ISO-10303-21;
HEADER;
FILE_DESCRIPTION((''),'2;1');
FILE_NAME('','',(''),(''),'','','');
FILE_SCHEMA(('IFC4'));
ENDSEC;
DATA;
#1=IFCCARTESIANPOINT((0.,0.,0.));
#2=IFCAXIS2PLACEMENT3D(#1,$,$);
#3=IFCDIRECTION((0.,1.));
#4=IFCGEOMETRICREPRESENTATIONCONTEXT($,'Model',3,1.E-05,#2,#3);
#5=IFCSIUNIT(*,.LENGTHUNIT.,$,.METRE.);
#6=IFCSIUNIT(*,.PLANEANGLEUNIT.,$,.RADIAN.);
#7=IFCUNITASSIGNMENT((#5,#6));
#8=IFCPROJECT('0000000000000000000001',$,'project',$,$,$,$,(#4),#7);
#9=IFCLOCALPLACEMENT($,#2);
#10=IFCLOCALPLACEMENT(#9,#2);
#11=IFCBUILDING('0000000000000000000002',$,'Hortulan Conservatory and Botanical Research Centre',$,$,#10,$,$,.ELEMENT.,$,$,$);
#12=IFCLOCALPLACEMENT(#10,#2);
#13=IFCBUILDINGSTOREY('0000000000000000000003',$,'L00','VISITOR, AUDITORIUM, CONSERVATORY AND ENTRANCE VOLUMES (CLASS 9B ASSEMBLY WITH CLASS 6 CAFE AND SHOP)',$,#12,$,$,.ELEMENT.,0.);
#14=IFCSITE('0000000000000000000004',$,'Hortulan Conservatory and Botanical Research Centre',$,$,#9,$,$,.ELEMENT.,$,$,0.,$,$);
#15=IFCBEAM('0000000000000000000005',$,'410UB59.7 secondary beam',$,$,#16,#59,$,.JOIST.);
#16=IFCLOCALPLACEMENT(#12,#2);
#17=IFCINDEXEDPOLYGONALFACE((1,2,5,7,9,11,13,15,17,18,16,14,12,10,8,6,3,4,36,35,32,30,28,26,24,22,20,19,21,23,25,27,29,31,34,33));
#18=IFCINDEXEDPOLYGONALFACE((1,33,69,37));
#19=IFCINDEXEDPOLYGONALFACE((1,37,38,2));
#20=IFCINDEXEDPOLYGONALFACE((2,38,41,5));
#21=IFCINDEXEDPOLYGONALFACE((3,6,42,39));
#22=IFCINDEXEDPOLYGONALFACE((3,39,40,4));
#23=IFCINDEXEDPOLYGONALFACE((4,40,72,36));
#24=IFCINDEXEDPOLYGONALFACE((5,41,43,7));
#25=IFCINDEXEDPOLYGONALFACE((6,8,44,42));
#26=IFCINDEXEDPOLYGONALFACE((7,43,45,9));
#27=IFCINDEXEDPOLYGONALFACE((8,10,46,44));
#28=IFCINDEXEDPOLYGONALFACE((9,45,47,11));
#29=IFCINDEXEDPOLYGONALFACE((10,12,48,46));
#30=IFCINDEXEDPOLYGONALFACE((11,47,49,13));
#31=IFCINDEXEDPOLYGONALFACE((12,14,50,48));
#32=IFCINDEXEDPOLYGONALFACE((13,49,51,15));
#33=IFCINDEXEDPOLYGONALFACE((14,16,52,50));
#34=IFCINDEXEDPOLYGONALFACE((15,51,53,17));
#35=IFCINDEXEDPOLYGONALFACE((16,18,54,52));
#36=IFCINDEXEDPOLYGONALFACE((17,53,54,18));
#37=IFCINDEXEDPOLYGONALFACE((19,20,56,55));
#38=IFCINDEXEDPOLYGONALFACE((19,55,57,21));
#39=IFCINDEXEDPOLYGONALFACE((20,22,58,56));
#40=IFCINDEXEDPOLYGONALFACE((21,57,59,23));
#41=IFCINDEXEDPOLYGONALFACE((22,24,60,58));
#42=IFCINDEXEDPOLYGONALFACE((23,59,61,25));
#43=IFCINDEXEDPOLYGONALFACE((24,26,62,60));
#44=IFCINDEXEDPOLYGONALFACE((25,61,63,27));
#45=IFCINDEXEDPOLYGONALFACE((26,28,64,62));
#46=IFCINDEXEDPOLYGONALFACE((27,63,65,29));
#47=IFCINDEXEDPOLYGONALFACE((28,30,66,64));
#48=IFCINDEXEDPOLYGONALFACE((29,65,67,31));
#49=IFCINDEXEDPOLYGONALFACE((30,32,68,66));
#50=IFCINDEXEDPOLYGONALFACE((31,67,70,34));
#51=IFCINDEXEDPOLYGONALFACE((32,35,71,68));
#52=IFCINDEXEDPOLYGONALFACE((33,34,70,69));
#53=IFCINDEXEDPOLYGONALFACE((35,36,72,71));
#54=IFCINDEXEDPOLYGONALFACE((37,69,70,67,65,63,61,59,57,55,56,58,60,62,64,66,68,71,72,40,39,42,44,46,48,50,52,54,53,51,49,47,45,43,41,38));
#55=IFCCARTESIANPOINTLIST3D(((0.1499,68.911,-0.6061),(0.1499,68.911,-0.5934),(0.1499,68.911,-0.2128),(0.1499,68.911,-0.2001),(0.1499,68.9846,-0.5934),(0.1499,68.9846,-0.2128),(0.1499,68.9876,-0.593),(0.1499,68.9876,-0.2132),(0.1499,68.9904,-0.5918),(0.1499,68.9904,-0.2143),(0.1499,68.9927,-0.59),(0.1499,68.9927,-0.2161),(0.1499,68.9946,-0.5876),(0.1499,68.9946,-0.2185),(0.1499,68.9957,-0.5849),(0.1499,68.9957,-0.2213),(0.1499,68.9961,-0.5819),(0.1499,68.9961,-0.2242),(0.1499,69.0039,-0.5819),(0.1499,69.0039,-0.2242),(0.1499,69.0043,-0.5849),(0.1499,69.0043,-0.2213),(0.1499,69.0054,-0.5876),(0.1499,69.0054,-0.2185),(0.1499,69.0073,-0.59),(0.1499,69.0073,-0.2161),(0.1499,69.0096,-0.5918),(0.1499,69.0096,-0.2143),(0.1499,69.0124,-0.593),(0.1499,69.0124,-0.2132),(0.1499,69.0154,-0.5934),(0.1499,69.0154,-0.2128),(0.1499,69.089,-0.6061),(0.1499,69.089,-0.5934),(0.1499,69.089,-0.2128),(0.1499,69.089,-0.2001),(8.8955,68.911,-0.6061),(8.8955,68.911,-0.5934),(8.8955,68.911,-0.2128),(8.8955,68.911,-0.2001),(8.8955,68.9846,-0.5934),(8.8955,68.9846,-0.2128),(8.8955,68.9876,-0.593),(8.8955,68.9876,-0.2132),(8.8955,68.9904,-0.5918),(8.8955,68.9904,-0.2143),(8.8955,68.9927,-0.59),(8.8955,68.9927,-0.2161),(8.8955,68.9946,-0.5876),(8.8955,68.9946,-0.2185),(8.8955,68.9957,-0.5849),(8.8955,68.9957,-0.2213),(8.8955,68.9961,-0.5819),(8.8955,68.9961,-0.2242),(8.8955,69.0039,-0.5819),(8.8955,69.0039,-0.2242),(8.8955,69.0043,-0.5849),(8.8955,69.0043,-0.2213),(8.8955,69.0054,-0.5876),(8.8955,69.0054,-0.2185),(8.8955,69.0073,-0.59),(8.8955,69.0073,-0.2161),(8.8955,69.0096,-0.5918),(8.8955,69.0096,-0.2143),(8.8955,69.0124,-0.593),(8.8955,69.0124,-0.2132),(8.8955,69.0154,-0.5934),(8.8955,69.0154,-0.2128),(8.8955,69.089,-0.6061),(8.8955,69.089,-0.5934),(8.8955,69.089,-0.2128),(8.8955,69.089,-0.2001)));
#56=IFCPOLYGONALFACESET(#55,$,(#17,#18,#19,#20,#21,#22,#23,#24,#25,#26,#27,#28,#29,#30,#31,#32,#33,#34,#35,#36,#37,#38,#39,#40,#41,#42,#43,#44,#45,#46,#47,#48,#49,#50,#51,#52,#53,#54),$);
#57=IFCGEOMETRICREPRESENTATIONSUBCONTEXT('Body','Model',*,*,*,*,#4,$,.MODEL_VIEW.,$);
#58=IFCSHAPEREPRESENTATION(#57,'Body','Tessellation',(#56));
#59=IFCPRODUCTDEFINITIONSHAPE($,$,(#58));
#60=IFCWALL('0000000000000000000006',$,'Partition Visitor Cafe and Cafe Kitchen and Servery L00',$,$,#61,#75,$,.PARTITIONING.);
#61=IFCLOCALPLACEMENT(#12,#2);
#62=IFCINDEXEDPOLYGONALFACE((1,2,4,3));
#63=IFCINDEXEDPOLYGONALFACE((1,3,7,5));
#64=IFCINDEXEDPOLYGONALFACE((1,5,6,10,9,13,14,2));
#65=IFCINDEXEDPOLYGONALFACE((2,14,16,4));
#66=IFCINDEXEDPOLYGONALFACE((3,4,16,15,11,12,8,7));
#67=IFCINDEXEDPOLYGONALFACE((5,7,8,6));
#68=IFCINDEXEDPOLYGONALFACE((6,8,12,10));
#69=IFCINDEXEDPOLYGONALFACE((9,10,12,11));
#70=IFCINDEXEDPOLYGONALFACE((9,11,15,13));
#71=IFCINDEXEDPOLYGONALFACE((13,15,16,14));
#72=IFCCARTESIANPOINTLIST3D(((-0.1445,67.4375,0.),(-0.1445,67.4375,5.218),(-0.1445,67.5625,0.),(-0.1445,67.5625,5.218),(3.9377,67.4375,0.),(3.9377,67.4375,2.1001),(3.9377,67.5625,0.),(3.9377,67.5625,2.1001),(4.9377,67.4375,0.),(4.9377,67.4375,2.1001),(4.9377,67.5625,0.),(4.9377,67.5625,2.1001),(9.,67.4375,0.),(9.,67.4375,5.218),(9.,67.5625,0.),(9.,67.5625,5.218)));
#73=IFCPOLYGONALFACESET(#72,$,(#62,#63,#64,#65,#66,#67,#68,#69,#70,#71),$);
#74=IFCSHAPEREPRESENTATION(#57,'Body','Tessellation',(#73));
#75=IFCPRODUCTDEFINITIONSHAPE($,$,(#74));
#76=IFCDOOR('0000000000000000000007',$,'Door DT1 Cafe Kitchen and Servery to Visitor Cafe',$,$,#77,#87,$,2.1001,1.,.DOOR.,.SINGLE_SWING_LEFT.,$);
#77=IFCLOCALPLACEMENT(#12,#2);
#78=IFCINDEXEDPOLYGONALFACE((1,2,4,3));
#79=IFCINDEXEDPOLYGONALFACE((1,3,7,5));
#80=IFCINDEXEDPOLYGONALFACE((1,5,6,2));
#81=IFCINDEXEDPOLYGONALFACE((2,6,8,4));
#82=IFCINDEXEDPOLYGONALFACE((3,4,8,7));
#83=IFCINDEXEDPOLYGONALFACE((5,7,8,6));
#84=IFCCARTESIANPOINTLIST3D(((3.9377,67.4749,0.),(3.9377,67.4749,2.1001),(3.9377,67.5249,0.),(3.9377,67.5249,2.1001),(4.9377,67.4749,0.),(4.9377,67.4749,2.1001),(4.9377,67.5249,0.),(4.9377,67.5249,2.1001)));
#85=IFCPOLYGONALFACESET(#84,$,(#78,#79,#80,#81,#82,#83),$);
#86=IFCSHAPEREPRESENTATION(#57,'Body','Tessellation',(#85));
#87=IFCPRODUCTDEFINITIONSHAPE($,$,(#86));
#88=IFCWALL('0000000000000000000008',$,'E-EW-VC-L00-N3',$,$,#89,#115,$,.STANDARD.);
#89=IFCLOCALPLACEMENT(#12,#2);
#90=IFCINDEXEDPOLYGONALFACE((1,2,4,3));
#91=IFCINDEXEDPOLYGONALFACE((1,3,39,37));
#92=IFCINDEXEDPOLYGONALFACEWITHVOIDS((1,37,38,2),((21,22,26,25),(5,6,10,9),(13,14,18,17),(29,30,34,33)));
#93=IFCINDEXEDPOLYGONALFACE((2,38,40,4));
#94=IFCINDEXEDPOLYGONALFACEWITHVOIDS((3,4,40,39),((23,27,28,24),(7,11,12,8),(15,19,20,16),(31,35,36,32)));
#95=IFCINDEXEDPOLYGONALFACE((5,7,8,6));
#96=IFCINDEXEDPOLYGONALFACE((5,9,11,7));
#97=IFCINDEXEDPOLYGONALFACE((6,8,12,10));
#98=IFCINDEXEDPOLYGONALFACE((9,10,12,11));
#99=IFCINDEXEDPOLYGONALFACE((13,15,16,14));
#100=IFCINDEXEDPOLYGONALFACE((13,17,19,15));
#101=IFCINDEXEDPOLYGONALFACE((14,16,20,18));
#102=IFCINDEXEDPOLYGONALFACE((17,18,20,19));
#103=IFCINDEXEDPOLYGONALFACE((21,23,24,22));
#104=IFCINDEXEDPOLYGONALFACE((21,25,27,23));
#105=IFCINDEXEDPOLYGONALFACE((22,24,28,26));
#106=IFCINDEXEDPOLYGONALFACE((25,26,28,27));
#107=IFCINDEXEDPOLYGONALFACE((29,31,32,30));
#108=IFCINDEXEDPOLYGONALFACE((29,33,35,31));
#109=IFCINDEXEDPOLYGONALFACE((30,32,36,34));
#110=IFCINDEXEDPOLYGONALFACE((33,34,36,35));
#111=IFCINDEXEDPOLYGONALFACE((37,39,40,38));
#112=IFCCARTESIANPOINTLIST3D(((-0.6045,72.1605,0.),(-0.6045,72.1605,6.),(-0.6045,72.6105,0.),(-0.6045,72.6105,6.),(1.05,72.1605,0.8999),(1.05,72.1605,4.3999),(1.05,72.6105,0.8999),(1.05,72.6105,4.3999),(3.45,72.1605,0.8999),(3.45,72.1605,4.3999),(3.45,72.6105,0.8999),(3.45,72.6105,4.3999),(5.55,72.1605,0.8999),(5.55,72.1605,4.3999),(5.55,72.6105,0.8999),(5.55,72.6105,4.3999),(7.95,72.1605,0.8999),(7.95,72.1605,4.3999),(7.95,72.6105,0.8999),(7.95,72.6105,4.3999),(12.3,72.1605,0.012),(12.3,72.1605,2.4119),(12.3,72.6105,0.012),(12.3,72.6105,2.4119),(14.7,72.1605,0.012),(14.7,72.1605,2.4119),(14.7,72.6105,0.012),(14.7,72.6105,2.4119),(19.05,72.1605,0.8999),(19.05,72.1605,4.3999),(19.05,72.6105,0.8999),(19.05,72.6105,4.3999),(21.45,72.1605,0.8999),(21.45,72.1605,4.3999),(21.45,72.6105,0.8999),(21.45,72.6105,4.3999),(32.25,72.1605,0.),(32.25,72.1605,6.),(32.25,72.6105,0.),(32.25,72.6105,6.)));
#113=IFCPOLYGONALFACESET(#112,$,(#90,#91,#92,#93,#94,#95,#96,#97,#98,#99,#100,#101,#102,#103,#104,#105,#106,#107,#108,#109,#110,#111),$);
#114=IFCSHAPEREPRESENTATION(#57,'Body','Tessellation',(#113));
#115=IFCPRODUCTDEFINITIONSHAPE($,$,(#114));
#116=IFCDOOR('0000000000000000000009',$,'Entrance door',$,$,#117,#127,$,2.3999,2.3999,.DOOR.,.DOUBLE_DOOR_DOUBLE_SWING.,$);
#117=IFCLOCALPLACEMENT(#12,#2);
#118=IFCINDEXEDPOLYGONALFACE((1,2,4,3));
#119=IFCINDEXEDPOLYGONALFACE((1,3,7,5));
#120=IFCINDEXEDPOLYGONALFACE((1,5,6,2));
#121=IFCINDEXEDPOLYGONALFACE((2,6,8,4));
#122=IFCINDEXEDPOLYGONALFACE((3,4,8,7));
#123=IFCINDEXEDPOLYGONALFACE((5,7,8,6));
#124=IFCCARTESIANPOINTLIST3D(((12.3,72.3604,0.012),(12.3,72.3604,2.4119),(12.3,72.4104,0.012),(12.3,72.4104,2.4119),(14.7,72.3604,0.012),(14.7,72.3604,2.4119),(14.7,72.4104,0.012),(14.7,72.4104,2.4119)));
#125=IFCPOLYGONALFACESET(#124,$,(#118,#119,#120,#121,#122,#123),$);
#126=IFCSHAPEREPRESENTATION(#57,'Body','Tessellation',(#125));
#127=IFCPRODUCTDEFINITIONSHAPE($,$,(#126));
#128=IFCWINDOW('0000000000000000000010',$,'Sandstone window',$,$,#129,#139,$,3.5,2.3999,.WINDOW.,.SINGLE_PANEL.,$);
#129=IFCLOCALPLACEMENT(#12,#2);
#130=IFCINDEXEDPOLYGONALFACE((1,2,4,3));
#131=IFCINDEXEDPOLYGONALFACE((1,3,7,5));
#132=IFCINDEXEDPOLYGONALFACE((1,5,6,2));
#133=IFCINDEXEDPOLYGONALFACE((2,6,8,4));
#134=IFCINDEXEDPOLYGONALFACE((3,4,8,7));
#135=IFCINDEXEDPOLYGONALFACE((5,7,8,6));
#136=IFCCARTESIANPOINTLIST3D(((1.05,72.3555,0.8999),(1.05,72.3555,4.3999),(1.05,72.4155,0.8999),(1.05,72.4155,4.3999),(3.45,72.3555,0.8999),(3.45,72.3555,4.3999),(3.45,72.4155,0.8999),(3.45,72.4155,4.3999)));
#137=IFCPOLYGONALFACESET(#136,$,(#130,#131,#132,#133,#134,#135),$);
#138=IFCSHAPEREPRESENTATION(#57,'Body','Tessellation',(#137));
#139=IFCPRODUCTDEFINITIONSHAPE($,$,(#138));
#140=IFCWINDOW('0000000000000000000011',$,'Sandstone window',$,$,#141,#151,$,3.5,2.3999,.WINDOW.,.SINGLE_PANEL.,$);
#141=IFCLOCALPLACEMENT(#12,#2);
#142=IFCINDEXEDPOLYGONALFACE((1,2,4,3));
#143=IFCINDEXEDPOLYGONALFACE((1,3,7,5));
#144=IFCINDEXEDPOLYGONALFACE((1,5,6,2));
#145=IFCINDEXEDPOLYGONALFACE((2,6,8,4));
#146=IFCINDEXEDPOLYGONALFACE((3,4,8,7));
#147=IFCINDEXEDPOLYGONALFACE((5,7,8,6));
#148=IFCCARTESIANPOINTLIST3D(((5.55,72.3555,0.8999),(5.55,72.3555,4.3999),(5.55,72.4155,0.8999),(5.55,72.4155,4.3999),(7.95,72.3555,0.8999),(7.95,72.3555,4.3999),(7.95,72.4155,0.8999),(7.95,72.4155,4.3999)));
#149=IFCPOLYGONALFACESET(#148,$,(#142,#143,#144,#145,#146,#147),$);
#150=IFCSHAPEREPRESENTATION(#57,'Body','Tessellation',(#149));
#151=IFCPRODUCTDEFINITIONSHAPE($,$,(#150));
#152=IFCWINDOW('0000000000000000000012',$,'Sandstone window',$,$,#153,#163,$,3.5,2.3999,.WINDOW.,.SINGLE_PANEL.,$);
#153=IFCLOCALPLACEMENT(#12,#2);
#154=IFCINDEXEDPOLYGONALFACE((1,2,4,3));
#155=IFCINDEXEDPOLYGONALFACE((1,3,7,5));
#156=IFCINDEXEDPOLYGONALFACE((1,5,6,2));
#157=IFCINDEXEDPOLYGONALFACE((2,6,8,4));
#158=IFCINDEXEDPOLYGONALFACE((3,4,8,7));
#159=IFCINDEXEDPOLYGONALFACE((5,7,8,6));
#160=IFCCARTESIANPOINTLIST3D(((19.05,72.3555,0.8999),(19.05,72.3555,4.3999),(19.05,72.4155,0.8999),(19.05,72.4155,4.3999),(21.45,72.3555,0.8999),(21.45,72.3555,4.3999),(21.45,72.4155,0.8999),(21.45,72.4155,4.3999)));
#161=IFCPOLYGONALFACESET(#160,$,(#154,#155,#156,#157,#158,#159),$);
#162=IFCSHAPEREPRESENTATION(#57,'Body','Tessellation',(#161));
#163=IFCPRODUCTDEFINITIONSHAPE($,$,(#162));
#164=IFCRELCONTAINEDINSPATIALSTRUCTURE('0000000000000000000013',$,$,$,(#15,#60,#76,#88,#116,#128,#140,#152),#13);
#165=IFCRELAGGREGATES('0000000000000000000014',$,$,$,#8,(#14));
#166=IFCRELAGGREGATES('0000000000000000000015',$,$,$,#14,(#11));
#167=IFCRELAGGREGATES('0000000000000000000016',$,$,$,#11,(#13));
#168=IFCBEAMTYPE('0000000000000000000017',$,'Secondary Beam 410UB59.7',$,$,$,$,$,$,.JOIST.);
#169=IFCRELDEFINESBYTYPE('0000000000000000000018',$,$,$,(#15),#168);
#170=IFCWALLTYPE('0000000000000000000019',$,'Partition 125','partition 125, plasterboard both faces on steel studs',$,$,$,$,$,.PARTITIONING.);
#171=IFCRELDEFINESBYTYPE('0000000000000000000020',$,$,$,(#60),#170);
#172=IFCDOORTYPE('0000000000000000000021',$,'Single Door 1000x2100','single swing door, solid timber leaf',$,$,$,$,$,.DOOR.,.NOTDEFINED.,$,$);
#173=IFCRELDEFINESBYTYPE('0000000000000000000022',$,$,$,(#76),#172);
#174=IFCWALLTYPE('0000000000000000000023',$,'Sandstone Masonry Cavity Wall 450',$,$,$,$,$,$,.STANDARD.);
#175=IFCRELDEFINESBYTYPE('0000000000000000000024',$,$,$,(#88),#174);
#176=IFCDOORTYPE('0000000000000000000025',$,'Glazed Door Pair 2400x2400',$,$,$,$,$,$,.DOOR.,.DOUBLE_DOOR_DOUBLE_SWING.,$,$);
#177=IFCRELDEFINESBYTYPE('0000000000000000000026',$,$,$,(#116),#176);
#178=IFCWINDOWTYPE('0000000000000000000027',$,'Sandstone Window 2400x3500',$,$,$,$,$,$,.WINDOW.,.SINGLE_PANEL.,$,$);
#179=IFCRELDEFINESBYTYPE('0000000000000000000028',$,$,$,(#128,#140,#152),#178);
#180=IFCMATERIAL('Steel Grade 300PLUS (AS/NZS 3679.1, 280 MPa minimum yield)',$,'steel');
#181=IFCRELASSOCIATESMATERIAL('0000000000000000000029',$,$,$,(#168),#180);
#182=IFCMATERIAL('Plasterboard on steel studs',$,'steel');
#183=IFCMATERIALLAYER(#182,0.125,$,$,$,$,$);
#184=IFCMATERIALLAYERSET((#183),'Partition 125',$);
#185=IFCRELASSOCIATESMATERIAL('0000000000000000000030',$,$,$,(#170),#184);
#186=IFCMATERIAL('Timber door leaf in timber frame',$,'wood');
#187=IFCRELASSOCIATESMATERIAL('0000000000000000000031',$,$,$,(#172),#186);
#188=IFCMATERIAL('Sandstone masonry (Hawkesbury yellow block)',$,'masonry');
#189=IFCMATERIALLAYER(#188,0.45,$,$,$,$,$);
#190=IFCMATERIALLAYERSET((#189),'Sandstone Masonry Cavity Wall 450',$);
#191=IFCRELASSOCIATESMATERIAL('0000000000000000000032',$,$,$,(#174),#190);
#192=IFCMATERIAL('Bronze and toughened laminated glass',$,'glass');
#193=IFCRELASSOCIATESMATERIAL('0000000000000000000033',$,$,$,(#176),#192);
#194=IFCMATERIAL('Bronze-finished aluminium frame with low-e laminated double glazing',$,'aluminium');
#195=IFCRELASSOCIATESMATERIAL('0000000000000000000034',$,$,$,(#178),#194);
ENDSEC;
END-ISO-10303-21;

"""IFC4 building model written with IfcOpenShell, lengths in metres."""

from ifc_helpers import new_model, si_unit, direction, frame, frame_2d, origin, origin_2d, place, context, subcontext, project, spatial, rectangle, i_section, extrude, material, layer, layer_set, material_profile, profile_set, type_object, element, fill, save


model = new_model("IFC4")

# Units and contexts
model_context = context("Model", 3, precision=1e-05, world=origin(), true_north=direction((0.0, 1.0)))
body_context = subcontext(model_context, "Body", "Model", "MODEL_VIEW")
ifc_project = project(units=[si_unit("LENGTHUNIT", "METRE"), si_unit("PLANEANGLEUNIT", "RADIAN")], contexts=[model_context])

# Site, building, storey
site_placement = place(None, origin())
site = spatial("IfcSite", under=ifc_project, at=site_placement, Name="Hortulan Conservatory and Botanical Research Centre", CompositionType="ELEMENT", RefElevation=0.0)
building_placement = place(site_placement, origin())
building = spatial("IfcBuilding", under=site, at=building_placement, Name="Hortulan Conservatory and Botanical Research Centre", CompositionType="ELEMENT")
storey_placement = place(building_placement, origin())
storey = spatial("IfcBuildingStorey", under=building, at=storey_placement, Name="L00", Description="VISITOR, AUDITORIUM, CONSERVATORY AND ENTRANCE VOLUMES (CLASS 9B ASSEMBLY WITH CLASS 6 CAFE AND SHOP)", CompositionType="ELEMENT", Elevation=0.0)

# Shared definitions
ifc_material_1 = material(Name="Steel Grade 300PLUS (AS/NZS 3679.1, 280 MPa minimum yield)", Category="steel")

# Beam
ifc_material_profile_1 = material_profile(ifc_material_1, i_section(OverallWidth=0.178, OverallDepth=0.406, WebThickness=0.0078, FlangeThickness=0.0127, FilletRadius=0.0115, at=origin_2d()), Name="410UB59.7")
ifc_profile_set_1 = profile_set([ifc_material_profile_1], Name="Steel Grade 300PLUS (AS/NZS 3679.1, 280 MPa minimum yield)")
beam_type_1 = type_object("IfcBeamType", Name="Secondary Beam 410UB59.7", PredefinedType="JOIST", material=ifc_profile_set_1)
for number, where, z_axis, x_axis, name in (
    (1, (0.1499, 69.0, -0.4031), (1.0, 0.0, 0.0), (0.0, 1.0, 0.0), "410UB59.7 secondary beam"),
):
    element("IfcBeam", number, at=place(storey_placement, frame(where, z_axis=z_axis, x_axis=x_axis)), inside=storey, type_object=beam_type_1, Name=name, PredefinedType="JOIST", context=body_context, shape_type="SweptSolid", body=[
        extrude(i_section(OverallWidth=0.178, OverallDepth=0.406, WebThickness=0.0078, FlangeThickness=0.0127, FilletRadius=0.0115, at=origin_2d()), origin(), (0.0, 0.0, 1.0), 8.7456),
    ])

# Wall, opening, door
ifc_material_2 = material(Name="Plasterboard on steel studs", Category="steel")
ifc_layer_1 = layer(ifc_material_2, 0.125)
ifc_layer_set_1 = layer_set([ifc_layer_1], Name="Partition 125")
wall_type_1 = type_object("IfcWallType", Name="Partition 125", Description="partition 125, plasterboard both faces on steel studs", PredefinedType="PARTITIONING", material=ifc_layer_set_1)
wall_1_placement = place(storey_placement, frame((-0.1445, 67.5, 0.0), z_axis=(0.0, 0.0, 1.0), x_axis=(1.0, 0.0, 0.0)))
wall_1 = element("IfcWall", 2, at=wall_1_placement, inside=storey, type_object=wall_type_1, Name="Partition Visitor Cafe and Cafe Kitchen and Servery L00", PredefinedType="PARTITIONING", context=body_context, shape_type="SweptSolid", body=[
    extrude(rectangle(XDim=9.1445, YDim=0.125, at=frame_2d((4.5723, 0.0))), origin(), (0.0, 0.0, 1.0), 5.218),
])
opening_1_placement = place(wall_1_placement, frame((4.0823, 0.0, 0.0)))
opening_1 = element("IfcOpeningElement", 3, at=opening_1_placement, cuts=wall_1, PredefinedType="OPENING", context=body_context, shape_type="SweptSolid", body=[
    extrude(rectangle(XDim=1.0, YDim=2.1001, at=frame_2d((0.5, 1.05))), frame((0.0, 0.0725, 0.0), z_axis=(0.0, -1.0, 0.0), x_axis=(1.0, 0.0, 0.0)), (0.0, 0.0, 1.0), 0.145),
])
ifc_material_3 = material(Name="Timber door leaf in timber frame", Category="wood")
door_type_1 = type_object("IfcDoorType", Name="Single Door 1000x2100", Description="single swing door, solid timber leaf", OperationType="NOTDEFINED", PredefinedType="DOOR", material=ifc_material_3)
door_1_placement = place(opening_1_placement, origin())
door_1 = element("IfcDoor", 4, at=door_1_placement, inside=storey, type_object=door_type_1, Name="Door DT1 Cafe Kitchen and Servery to Visitor Cafe", OperationType="SINGLE_SWING_LEFT", OverallHeight=2.1001, OverallWidth=1.0, PredefinedType="DOOR", context=body_context, shape_type="SweptSolid", body=[
    extrude(rectangle(XDim=1.0, YDim=2.1001, at=frame_2d((0.5, 1.05))), frame((0.0, 0.0249, 0.0), z_axis=(0.0, -1.0, 0.0), x_axis=(1.0, 0.0, 0.0)), (0.0, 0.0, 1.0), 0.05),
])
fill(opening_1, door_1)

# Wall, openings, door, windows
ifc_material_4 = material(Name="Sandstone masonry (Hawkesbury yellow block)", Category="masonry")
ifc_layer_2 = layer(ifc_material_4, 0.45)
ifc_layer_set_2 = layer_set([ifc_layer_2], Name="Sandstone Masonry Cavity Wall 450")
wall_type_2 = type_object("IfcWallType", Name="Sandstone Masonry Cavity Wall 450", PredefinedType="STANDARD", material=ifc_layer_set_2)
wall_2_placement = place(storey_placement, frame((-0.6045, 72.3855, 0.0), z_axis=(0.0, 0.0, 1.0), x_axis=(1.0, 0.0, 0.0)))
wall_2 = element("IfcWall", 5, at=wall_2_placement, inside=storey, type_object=wall_type_2, Name="E-EW-VC-L00-N3", PredefinedType="STANDARD", context=body_context, shape_type="SweptSolid", body=[
    extrude(rectangle(XDim=32.8545, YDim=0.45, at=frame_2d((16.4272, 0.0))), origin(), (0.0, 0.0, 1.0), 6.0),
])
opening_2_placement = place(wall_2_placement, frame((12.9045, 0.0, 0.012)))
opening_2 = element("IfcOpeningElement", 6, at=opening_2_placement, cuts=wall_2, PredefinedType="OPENING", context=body_context, shape_type="SweptSolid", body=[
    extrude(rectangle(XDim=2.3999, YDim=2.3999, at=frame_2d((1.2, 1.2))), frame((0.0, 0.2349, 0.0), z_axis=(0.0, -1.0, 0.0), x_axis=(1.0, 0.0, 0.0)), (0.0, 0.0, 1.0), 0.47),
])
opening_3_placement = place(wall_2_placement, frame((1.6545, 0.0, 0.8999)))
opening_3 = element("IfcOpeningElement", 7, at=opening_3_placement, cuts=wall_2, PredefinedType="OPENING", context=body_context, shape_type="SweptSolid", body=[
    extrude(rectangle(XDim=2.3999, YDim=3.5, at=frame_2d((1.2, 1.75))), frame((0.0, 0.2349, 0.0), z_axis=(0.0, -1.0, 0.0), x_axis=(1.0, 0.0, 0.0)), (0.0, 0.0, 1.0), 0.47),
])
opening_4_placement = place(wall_2_placement, frame((6.1545, 0.0, 0.8999)))
opening_4 = element("IfcOpeningElement", 8, at=opening_4_placement, cuts=wall_2, PredefinedType="OPENING", context=body_context, shape_type="SweptSolid", body=[
    extrude(rectangle(XDim=2.3999, YDim=3.5, at=frame_2d((1.2, 1.75))), frame((0.0, 0.2349, 0.0), z_axis=(0.0, -1.0, 0.0), x_axis=(1.0, 0.0, 0.0)), (0.0, 0.0, 1.0), 0.47),
])
opening_5_placement = place(wall_2_placement, frame((19.6545, 0.0, 0.8999)))
opening_5 = element("IfcOpeningElement", 9, at=opening_5_placement, cuts=wall_2, PredefinedType="OPENING", context=body_context, shape_type="SweptSolid", body=[
    extrude(rectangle(XDim=2.3999, YDim=3.5, at=frame_2d((1.2, 1.75))), frame((0.0, 0.2349, 0.0), z_axis=(0.0, -1.0, 0.0), x_axis=(1.0, 0.0, 0.0)), (0.0, 0.0, 1.0), 0.47),
])
ifc_material_5 = material(Name="Bronze and toughened laminated glass", Category="glass")
door_type_2 = type_object("IfcDoorType", Name="Glazed Door Pair 2400x2400", OperationType="DOUBLE_DOOR_DOUBLE_SWING", PredefinedType="DOOR", material=ifc_material_5)
door_2_placement = place(opening_2_placement, origin())
door_2 = element("IfcDoor", 10, at=door_2_placement, inside=storey, type_object=door_type_2, Name="Entrance door", OperationType="DOUBLE_DOOR_DOUBLE_SWING", OverallHeight=2.3999, OverallWidth=2.3999, PredefinedType="DOOR", context=body_context, shape_type="SweptSolid", body=[
    extrude(rectangle(XDim=2.3999, YDim=2.3999, at=frame_2d((1.2, 1.2))), frame((0.0, 0.0249, 0.0), z_axis=(0.0, -1.0, 0.0), x_axis=(1.0, 0.0, 0.0)), (0.0, 0.0, 1.0), 0.05),
])
fill(opening_2, door_2)
ifc_material_6 = material(Name="Bronze-finished aluminium frame with low-e laminated double glazing", Category="aluminium")
window_type = type_object("IfcWindowType", Name="Sandstone Window 2400x3500", PartitioningType="SINGLE_PANEL", PredefinedType="WINDOW", material=ifc_material_6)
window_1_placement = place(opening_3_placement, origin())
window_1 = element("IfcWindow", 11, at=window_1_placement, inside=storey, type_object=window_type, Name="Sandstone window", OverallHeight=3.5, OverallWidth=2.3999, PartitioningType="SINGLE_PANEL", PredefinedType="WINDOW", context=body_context, shape_type="SweptSolid", body=[
    extrude(rectangle(XDim=2.3999, YDim=3.5, at=frame_2d((1.2, 1.75))), frame((0.0, 0.03, 0.0), z_axis=(0.0, -1.0, 0.0), x_axis=(1.0, 0.0, 0.0)), (0.0, 0.0, 1.0), 0.0601),
])
fill(opening_3, window_1)
window_2_placement = place(opening_4_placement, origin())
window_2 = element("IfcWindow", 12, at=window_2_placement, inside=storey, type_object=window_type, Name="Sandstone window", OverallHeight=3.5, OverallWidth=2.3999, PartitioningType="SINGLE_PANEL", PredefinedType="WINDOW", context=body_context, shape_type="SweptSolid", body=[
    extrude(rectangle(XDim=2.3999, YDim=3.5, at=frame_2d((1.2, 1.75))), frame((0.0, 0.03, 0.0), z_axis=(0.0, -1.0, 0.0), x_axis=(1.0, 0.0, 0.0)), (0.0, 0.0, 1.0), 0.0601),
])
fill(opening_4, window_2)
window_3_placement = place(opening_5_placement, origin())
window_3 = element("IfcWindow", 13, at=window_3_placement, inside=storey, type_object=window_type, Name="Sandstone window", OverallHeight=3.5, OverallWidth=2.3999, PartitioningType="SINGLE_PANEL", PredefinedType="WINDOW", context=body_context, shape_type="SweptSolid", body=[
    extrude(rectangle(XDim=2.3999, YDim=3.5, at=frame_2d((1.2, 1.75))), frame((0.0, 0.03, 0.0), z_axis=(0.0, -1.0, 0.0), x_axis=(1.0, 0.0, 0.0)), (0.0, 0.0, 1.0), 0.0601),
])
fill(opening_5, window_3)

save(model, "model.ifc")
